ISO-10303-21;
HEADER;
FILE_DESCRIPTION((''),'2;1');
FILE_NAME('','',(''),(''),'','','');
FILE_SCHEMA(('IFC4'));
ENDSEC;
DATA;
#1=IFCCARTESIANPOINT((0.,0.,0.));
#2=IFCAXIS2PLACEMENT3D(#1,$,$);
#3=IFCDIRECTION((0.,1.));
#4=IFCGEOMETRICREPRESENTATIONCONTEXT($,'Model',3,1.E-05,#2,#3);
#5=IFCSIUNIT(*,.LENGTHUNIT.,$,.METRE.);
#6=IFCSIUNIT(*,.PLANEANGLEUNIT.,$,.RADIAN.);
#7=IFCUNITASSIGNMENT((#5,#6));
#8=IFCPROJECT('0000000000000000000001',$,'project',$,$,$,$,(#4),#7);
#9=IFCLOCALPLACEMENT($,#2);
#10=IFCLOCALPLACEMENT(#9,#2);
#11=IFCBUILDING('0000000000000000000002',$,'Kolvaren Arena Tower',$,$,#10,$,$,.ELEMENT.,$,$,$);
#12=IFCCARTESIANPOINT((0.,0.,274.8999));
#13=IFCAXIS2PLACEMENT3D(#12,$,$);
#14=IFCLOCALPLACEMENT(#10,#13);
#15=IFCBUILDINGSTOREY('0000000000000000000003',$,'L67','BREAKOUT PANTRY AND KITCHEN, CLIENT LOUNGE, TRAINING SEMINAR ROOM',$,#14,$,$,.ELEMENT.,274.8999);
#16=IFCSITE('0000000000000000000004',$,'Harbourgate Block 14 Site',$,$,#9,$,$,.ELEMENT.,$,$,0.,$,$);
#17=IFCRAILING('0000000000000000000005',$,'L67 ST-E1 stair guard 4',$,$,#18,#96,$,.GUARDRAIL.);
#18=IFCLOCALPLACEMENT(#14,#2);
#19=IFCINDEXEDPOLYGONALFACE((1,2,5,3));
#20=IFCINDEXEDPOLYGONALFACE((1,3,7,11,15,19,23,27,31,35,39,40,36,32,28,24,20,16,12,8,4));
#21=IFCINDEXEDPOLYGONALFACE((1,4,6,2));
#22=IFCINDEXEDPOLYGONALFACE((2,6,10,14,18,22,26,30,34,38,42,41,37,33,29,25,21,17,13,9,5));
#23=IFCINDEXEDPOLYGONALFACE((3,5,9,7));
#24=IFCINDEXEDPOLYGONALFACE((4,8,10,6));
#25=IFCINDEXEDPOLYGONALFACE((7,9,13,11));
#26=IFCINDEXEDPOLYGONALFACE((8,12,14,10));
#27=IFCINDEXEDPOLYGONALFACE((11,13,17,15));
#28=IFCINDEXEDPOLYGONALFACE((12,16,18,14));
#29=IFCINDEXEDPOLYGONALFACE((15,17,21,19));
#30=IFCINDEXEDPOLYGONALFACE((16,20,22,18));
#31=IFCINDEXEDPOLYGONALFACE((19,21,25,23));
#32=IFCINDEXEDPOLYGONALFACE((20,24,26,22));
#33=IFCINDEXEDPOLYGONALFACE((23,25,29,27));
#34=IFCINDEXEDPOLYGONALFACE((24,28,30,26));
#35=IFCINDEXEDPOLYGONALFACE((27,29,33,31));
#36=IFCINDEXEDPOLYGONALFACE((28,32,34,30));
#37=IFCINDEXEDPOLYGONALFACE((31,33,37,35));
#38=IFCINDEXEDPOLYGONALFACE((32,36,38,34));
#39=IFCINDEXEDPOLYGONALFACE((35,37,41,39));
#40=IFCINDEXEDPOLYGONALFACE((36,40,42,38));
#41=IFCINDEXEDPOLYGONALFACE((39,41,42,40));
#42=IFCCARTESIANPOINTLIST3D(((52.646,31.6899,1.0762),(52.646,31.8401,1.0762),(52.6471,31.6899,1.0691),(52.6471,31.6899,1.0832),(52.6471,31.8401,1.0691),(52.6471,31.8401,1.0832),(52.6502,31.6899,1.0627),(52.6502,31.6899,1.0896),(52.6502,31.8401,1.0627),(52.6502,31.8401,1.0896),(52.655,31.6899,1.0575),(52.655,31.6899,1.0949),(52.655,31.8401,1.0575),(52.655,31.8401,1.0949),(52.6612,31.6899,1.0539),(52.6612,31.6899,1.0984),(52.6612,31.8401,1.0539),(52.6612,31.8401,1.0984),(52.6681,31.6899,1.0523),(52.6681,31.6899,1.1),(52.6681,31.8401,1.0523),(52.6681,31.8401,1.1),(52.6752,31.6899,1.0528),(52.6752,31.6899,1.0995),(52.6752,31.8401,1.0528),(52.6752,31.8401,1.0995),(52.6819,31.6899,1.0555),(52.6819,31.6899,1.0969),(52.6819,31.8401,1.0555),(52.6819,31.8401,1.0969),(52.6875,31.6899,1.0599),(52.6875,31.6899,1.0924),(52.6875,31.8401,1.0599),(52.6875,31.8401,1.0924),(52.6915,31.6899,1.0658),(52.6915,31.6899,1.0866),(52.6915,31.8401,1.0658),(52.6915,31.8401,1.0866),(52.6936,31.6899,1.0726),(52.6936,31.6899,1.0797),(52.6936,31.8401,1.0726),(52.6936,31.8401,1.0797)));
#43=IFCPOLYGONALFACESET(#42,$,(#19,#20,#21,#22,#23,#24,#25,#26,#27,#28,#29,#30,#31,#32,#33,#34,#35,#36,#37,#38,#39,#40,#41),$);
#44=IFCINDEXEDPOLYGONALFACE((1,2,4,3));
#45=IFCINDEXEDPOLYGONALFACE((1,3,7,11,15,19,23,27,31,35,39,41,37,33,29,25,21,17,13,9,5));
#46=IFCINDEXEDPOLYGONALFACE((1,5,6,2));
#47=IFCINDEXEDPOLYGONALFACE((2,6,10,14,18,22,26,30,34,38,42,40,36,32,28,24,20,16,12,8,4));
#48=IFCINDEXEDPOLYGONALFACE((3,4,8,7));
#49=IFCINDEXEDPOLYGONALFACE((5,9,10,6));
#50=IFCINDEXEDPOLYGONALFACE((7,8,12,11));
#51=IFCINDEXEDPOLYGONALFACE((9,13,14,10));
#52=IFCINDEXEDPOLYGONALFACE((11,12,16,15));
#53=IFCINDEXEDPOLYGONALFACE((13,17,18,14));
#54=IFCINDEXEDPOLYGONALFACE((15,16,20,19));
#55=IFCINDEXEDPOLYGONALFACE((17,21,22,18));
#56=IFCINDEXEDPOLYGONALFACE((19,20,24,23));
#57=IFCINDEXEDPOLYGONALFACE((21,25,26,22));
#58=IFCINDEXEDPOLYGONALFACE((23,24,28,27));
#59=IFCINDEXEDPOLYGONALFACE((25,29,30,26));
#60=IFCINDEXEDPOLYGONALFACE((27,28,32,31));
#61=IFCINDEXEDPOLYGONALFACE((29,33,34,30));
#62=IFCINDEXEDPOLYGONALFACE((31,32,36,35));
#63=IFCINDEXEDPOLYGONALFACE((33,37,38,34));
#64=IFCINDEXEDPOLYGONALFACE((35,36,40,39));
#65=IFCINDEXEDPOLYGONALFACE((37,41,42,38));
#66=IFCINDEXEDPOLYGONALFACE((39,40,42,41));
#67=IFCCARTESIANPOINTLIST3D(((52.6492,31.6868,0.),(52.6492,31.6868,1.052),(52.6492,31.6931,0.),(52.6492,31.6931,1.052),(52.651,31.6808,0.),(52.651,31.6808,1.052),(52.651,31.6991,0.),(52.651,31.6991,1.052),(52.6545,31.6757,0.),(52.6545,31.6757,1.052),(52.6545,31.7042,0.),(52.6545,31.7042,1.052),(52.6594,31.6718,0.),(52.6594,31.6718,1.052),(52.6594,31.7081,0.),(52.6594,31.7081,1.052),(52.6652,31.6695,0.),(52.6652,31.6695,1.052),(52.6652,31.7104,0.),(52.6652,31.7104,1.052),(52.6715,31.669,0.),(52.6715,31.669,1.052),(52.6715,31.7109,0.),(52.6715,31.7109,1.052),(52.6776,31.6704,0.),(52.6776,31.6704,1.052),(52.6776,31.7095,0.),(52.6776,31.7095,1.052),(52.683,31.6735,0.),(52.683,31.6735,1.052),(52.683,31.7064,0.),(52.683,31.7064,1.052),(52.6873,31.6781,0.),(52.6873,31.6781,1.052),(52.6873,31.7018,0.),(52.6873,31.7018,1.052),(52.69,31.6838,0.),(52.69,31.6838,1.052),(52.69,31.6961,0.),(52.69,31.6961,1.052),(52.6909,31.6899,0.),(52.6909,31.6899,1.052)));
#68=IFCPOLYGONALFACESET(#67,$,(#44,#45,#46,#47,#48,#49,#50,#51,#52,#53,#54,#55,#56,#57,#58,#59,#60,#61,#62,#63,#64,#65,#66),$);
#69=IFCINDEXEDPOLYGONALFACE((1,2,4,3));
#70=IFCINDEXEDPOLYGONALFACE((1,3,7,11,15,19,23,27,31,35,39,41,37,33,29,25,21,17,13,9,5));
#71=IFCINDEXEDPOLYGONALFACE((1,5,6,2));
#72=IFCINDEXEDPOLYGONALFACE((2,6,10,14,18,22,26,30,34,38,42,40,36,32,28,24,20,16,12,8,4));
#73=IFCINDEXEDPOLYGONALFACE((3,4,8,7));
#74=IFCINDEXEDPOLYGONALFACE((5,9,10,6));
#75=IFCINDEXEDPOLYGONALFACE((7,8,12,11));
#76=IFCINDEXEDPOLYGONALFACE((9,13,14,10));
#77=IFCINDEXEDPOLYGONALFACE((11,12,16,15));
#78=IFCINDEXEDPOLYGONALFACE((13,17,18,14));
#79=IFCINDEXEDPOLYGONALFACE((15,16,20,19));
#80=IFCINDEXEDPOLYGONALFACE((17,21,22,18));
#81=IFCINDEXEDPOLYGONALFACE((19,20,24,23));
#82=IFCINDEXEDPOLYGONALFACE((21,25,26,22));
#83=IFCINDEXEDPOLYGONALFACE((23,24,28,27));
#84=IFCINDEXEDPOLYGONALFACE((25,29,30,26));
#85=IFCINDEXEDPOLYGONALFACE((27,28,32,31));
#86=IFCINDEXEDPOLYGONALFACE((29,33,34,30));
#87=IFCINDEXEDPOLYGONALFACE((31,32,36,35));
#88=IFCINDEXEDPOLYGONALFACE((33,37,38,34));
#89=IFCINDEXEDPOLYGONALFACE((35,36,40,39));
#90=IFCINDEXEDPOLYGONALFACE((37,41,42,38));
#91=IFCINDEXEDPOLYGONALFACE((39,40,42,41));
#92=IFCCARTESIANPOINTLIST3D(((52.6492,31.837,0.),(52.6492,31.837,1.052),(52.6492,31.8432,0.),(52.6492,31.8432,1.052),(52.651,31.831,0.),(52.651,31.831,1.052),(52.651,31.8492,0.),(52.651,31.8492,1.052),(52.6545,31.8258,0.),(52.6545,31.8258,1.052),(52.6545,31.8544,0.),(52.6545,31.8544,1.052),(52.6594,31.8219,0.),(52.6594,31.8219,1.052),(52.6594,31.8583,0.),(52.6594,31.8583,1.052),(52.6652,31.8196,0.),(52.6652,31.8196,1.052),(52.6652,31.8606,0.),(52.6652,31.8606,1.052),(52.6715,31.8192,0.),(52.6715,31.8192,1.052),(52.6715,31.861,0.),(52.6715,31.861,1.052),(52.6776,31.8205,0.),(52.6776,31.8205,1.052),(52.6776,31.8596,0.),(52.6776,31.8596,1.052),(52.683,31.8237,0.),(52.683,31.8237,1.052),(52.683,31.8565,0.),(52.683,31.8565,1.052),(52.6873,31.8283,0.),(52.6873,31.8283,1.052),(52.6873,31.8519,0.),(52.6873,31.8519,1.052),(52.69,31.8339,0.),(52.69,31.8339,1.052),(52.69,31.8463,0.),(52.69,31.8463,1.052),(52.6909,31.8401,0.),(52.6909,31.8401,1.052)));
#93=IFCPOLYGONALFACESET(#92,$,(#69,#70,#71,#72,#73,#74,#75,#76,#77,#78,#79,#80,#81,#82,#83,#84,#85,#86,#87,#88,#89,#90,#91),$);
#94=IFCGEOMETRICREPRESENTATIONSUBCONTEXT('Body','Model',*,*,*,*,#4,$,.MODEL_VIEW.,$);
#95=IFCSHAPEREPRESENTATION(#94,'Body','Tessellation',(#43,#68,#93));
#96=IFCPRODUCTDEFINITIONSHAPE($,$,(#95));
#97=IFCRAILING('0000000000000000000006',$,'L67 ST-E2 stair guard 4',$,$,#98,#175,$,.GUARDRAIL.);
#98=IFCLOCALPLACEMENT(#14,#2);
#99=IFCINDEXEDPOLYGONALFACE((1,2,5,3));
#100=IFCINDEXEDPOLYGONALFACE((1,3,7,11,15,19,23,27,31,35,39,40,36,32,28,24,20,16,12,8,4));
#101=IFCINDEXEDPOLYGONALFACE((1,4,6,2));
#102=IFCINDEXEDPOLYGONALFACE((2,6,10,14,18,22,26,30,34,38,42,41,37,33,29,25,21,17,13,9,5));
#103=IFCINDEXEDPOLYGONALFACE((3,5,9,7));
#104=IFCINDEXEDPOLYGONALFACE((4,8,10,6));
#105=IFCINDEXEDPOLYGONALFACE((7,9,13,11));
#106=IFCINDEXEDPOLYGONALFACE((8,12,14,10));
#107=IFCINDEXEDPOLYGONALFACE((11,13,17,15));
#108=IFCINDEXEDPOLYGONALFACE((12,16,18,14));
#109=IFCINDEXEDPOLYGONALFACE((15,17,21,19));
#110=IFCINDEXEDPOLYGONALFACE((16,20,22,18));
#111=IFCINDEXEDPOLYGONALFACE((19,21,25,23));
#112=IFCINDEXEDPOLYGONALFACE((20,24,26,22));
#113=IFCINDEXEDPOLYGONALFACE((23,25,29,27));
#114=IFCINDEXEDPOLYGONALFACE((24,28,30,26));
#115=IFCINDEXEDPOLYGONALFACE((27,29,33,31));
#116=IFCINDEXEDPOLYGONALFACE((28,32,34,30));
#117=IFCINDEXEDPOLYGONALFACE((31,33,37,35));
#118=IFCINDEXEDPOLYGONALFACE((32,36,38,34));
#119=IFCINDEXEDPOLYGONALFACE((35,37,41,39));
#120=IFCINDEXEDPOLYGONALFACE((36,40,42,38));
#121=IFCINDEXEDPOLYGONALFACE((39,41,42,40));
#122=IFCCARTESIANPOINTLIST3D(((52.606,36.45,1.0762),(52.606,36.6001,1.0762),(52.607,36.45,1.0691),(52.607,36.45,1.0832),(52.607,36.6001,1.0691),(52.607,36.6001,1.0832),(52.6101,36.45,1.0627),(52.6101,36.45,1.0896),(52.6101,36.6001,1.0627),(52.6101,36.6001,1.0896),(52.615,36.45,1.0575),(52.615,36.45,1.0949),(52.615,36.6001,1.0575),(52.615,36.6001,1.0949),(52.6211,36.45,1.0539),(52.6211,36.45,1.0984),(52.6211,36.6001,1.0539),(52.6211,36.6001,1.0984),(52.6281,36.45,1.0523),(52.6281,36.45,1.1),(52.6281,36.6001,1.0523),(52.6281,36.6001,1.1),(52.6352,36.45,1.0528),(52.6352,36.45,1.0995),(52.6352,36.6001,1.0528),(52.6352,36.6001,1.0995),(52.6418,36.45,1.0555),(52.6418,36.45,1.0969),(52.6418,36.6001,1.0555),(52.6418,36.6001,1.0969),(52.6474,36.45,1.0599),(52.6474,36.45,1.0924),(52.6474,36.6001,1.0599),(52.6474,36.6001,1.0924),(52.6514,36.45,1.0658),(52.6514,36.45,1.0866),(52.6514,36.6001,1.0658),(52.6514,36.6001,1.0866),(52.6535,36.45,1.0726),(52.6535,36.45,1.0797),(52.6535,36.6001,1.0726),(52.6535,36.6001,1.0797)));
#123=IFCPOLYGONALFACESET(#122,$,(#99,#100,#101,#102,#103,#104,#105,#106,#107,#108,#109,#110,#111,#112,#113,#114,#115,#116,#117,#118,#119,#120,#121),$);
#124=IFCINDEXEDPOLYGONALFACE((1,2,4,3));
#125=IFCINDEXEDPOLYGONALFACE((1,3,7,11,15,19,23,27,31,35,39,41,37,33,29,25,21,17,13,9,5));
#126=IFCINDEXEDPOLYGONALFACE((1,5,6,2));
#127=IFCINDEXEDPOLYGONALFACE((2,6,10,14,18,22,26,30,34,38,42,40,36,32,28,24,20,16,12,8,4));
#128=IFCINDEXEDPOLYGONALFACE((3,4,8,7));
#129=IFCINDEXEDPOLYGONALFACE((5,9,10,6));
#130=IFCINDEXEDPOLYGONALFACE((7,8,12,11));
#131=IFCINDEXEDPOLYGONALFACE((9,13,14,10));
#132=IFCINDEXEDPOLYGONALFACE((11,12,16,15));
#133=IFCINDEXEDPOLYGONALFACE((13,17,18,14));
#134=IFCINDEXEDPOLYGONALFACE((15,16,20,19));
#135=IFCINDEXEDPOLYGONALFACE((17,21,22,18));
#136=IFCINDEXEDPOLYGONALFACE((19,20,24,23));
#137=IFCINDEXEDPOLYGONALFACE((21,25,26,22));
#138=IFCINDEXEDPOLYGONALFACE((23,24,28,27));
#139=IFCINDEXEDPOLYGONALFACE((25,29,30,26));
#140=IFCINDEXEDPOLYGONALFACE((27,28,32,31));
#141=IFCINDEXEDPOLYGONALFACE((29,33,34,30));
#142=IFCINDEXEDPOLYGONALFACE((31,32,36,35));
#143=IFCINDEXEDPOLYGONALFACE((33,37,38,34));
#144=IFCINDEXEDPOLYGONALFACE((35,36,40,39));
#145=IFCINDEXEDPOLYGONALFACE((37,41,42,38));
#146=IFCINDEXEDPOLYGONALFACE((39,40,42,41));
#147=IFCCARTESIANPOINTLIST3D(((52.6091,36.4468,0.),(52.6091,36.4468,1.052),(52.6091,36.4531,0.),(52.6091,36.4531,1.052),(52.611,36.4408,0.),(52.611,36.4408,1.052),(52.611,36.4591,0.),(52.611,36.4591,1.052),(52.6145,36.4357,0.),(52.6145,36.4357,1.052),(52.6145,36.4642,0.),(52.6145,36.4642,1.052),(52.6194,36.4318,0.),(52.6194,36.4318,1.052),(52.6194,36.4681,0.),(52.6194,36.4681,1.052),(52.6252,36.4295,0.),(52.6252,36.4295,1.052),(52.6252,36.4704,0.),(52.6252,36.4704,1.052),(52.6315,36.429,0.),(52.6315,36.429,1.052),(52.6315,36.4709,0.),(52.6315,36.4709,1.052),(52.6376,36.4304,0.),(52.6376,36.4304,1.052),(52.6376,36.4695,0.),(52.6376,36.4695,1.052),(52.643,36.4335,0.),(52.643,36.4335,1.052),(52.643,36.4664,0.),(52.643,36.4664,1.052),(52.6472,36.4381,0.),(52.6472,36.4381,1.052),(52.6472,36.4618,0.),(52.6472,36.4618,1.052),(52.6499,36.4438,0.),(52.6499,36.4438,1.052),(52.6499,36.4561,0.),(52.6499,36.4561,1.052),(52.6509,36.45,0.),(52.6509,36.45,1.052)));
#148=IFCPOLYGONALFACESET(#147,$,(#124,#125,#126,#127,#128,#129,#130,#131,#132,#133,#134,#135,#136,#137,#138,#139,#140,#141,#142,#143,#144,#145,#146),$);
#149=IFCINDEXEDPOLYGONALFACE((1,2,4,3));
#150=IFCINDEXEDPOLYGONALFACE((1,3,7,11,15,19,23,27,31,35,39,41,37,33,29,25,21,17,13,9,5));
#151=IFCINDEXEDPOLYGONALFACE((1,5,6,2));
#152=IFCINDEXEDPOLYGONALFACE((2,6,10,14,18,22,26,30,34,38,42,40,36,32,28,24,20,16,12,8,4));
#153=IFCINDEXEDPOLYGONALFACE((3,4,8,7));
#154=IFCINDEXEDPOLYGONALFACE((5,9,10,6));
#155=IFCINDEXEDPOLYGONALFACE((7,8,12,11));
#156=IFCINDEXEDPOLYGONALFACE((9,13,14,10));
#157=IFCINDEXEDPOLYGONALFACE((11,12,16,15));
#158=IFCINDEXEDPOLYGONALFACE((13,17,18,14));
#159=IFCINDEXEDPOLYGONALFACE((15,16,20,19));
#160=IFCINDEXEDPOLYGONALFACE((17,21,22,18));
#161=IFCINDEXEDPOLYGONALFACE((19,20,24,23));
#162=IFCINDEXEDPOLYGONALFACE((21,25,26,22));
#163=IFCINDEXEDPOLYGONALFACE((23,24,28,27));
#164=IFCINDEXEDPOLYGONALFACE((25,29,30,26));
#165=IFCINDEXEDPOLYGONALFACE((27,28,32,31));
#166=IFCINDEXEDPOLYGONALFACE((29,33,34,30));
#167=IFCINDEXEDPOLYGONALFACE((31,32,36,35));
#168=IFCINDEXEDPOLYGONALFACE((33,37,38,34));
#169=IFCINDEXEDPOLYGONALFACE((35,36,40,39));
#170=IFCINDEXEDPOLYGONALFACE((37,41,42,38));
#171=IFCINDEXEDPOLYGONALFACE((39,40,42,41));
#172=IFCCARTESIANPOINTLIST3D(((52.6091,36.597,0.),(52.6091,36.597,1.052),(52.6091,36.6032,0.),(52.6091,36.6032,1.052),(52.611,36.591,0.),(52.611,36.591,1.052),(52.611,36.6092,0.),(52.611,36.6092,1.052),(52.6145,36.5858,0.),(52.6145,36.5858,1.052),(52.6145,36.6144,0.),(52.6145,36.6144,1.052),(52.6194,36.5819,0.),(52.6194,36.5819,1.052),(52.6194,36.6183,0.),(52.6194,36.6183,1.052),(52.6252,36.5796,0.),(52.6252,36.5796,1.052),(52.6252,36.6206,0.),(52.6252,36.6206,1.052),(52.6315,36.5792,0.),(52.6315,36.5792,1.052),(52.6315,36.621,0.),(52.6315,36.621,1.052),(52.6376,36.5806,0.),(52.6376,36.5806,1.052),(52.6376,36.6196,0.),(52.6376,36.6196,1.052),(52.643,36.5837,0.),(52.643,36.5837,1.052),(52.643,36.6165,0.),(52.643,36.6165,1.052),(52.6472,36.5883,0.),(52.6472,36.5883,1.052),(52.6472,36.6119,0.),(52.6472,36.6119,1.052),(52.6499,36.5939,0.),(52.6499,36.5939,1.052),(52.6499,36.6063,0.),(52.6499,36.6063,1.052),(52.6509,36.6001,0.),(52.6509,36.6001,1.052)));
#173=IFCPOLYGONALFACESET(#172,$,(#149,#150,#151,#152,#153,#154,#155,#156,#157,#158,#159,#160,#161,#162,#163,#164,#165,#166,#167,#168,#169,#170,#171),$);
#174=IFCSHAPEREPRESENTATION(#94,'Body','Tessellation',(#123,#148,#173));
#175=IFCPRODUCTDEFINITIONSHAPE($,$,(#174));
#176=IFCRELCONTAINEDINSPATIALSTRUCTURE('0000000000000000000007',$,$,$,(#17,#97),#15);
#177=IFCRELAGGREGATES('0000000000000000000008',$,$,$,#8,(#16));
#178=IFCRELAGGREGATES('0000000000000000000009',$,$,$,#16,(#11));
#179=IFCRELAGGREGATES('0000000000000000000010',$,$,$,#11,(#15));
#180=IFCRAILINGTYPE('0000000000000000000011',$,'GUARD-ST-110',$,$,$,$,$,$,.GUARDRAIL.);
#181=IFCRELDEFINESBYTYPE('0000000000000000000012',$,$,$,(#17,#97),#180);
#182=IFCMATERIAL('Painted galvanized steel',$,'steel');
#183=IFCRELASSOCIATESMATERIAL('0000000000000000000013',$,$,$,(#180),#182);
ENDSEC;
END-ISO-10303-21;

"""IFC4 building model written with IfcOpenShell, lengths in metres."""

from ifc_helpers import new_model, si_unit, direction, frame, origin, origin_2d, place, context, subcontext, project, spatial, circle, extrude, material, type_object, element, save


model = new_model("IFC4")

# Units and contexts
model_context = context("Model", 3, precision=1e-05, world=origin(), true_north=direction((0.0, 1.0)))
body_context = subcontext(model_context, "Body", "Model", "MODEL_VIEW")
ifc_project = project(units=[si_unit("LENGTHUNIT", "METRE"), si_unit("PLANEANGLEUNIT", "RADIAN")], contexts=[model_context])

# Site, building, storey
site_placement = place(None, origin())
site = spatial("IfcSite", under=ifc_project, at=site_placement, Name="Harbourgate Block 14 Site", CompositionType="ELEMENT", RefElevation=0.0)
building_placement = place(site_placement, origin())
building = spatial("IfcBuilding", under=site, at=building_placement, Name="Kolvaren Arena Tower", CompositionType="ELEMENT")
storey_placement = place(building_placement, frame((0.0, 0.0, 274.8999)))
storey = spatial("IfcBuildingStorey", under=building, at=storey_placement, Name="L67", Description="BREAKOUT PANTRY AND KITCHEN, CLIENT LOUNGE, TRAINING SEMINAR ROOM", CompositionType="ELEMENT", Elevation=274.8999)

# Railings
ifc_material_1 = material(Name="Painted galvanized steel", Category="steel")
railing_type_1 = type_object("IfcRailingType", Name="GUARD-ST-110", PredefinedType="GUARDRAIL", material=ifc_material_1)
for number, where, name in (
    (1, (52.6699, 31.6899, 0.0), "L67 ST-E1 stair guard 4"),
    (2, (52.6299, 36.45, 0.0), "L67 ST-E2 stair guard 4"),
):
    element("IfcRailing", number, at=place(storey_placement, frame(where)), inside=storey, type_object=railing_type_1, Name=name, PredefinedType="GUARDRAIL", context=body_context, shape_type="SweptSolid", body=[
        extrude(circle(Radius=0.0239, at=origin_2d()), frame((0.0, 0.0, 1.0762), z_axis=(0.0, 1.0, 0.0), x_axis=(-1.0, 0.0, 0.0)), (0.0, 0.0, 1.0), 0.1501),
        extrude(circle(Radius=0.021, at=origin_2d()), origin(), (0.0, 0.0, 1.0), 1.052),
        extrude(circle(Radius=0.021, at=origin_2d()), frame((0.0, 0.1501, 0.0)), (0.0, 0.0, 1.0), 1.052),
    ])

save(model, "model.ifc")
